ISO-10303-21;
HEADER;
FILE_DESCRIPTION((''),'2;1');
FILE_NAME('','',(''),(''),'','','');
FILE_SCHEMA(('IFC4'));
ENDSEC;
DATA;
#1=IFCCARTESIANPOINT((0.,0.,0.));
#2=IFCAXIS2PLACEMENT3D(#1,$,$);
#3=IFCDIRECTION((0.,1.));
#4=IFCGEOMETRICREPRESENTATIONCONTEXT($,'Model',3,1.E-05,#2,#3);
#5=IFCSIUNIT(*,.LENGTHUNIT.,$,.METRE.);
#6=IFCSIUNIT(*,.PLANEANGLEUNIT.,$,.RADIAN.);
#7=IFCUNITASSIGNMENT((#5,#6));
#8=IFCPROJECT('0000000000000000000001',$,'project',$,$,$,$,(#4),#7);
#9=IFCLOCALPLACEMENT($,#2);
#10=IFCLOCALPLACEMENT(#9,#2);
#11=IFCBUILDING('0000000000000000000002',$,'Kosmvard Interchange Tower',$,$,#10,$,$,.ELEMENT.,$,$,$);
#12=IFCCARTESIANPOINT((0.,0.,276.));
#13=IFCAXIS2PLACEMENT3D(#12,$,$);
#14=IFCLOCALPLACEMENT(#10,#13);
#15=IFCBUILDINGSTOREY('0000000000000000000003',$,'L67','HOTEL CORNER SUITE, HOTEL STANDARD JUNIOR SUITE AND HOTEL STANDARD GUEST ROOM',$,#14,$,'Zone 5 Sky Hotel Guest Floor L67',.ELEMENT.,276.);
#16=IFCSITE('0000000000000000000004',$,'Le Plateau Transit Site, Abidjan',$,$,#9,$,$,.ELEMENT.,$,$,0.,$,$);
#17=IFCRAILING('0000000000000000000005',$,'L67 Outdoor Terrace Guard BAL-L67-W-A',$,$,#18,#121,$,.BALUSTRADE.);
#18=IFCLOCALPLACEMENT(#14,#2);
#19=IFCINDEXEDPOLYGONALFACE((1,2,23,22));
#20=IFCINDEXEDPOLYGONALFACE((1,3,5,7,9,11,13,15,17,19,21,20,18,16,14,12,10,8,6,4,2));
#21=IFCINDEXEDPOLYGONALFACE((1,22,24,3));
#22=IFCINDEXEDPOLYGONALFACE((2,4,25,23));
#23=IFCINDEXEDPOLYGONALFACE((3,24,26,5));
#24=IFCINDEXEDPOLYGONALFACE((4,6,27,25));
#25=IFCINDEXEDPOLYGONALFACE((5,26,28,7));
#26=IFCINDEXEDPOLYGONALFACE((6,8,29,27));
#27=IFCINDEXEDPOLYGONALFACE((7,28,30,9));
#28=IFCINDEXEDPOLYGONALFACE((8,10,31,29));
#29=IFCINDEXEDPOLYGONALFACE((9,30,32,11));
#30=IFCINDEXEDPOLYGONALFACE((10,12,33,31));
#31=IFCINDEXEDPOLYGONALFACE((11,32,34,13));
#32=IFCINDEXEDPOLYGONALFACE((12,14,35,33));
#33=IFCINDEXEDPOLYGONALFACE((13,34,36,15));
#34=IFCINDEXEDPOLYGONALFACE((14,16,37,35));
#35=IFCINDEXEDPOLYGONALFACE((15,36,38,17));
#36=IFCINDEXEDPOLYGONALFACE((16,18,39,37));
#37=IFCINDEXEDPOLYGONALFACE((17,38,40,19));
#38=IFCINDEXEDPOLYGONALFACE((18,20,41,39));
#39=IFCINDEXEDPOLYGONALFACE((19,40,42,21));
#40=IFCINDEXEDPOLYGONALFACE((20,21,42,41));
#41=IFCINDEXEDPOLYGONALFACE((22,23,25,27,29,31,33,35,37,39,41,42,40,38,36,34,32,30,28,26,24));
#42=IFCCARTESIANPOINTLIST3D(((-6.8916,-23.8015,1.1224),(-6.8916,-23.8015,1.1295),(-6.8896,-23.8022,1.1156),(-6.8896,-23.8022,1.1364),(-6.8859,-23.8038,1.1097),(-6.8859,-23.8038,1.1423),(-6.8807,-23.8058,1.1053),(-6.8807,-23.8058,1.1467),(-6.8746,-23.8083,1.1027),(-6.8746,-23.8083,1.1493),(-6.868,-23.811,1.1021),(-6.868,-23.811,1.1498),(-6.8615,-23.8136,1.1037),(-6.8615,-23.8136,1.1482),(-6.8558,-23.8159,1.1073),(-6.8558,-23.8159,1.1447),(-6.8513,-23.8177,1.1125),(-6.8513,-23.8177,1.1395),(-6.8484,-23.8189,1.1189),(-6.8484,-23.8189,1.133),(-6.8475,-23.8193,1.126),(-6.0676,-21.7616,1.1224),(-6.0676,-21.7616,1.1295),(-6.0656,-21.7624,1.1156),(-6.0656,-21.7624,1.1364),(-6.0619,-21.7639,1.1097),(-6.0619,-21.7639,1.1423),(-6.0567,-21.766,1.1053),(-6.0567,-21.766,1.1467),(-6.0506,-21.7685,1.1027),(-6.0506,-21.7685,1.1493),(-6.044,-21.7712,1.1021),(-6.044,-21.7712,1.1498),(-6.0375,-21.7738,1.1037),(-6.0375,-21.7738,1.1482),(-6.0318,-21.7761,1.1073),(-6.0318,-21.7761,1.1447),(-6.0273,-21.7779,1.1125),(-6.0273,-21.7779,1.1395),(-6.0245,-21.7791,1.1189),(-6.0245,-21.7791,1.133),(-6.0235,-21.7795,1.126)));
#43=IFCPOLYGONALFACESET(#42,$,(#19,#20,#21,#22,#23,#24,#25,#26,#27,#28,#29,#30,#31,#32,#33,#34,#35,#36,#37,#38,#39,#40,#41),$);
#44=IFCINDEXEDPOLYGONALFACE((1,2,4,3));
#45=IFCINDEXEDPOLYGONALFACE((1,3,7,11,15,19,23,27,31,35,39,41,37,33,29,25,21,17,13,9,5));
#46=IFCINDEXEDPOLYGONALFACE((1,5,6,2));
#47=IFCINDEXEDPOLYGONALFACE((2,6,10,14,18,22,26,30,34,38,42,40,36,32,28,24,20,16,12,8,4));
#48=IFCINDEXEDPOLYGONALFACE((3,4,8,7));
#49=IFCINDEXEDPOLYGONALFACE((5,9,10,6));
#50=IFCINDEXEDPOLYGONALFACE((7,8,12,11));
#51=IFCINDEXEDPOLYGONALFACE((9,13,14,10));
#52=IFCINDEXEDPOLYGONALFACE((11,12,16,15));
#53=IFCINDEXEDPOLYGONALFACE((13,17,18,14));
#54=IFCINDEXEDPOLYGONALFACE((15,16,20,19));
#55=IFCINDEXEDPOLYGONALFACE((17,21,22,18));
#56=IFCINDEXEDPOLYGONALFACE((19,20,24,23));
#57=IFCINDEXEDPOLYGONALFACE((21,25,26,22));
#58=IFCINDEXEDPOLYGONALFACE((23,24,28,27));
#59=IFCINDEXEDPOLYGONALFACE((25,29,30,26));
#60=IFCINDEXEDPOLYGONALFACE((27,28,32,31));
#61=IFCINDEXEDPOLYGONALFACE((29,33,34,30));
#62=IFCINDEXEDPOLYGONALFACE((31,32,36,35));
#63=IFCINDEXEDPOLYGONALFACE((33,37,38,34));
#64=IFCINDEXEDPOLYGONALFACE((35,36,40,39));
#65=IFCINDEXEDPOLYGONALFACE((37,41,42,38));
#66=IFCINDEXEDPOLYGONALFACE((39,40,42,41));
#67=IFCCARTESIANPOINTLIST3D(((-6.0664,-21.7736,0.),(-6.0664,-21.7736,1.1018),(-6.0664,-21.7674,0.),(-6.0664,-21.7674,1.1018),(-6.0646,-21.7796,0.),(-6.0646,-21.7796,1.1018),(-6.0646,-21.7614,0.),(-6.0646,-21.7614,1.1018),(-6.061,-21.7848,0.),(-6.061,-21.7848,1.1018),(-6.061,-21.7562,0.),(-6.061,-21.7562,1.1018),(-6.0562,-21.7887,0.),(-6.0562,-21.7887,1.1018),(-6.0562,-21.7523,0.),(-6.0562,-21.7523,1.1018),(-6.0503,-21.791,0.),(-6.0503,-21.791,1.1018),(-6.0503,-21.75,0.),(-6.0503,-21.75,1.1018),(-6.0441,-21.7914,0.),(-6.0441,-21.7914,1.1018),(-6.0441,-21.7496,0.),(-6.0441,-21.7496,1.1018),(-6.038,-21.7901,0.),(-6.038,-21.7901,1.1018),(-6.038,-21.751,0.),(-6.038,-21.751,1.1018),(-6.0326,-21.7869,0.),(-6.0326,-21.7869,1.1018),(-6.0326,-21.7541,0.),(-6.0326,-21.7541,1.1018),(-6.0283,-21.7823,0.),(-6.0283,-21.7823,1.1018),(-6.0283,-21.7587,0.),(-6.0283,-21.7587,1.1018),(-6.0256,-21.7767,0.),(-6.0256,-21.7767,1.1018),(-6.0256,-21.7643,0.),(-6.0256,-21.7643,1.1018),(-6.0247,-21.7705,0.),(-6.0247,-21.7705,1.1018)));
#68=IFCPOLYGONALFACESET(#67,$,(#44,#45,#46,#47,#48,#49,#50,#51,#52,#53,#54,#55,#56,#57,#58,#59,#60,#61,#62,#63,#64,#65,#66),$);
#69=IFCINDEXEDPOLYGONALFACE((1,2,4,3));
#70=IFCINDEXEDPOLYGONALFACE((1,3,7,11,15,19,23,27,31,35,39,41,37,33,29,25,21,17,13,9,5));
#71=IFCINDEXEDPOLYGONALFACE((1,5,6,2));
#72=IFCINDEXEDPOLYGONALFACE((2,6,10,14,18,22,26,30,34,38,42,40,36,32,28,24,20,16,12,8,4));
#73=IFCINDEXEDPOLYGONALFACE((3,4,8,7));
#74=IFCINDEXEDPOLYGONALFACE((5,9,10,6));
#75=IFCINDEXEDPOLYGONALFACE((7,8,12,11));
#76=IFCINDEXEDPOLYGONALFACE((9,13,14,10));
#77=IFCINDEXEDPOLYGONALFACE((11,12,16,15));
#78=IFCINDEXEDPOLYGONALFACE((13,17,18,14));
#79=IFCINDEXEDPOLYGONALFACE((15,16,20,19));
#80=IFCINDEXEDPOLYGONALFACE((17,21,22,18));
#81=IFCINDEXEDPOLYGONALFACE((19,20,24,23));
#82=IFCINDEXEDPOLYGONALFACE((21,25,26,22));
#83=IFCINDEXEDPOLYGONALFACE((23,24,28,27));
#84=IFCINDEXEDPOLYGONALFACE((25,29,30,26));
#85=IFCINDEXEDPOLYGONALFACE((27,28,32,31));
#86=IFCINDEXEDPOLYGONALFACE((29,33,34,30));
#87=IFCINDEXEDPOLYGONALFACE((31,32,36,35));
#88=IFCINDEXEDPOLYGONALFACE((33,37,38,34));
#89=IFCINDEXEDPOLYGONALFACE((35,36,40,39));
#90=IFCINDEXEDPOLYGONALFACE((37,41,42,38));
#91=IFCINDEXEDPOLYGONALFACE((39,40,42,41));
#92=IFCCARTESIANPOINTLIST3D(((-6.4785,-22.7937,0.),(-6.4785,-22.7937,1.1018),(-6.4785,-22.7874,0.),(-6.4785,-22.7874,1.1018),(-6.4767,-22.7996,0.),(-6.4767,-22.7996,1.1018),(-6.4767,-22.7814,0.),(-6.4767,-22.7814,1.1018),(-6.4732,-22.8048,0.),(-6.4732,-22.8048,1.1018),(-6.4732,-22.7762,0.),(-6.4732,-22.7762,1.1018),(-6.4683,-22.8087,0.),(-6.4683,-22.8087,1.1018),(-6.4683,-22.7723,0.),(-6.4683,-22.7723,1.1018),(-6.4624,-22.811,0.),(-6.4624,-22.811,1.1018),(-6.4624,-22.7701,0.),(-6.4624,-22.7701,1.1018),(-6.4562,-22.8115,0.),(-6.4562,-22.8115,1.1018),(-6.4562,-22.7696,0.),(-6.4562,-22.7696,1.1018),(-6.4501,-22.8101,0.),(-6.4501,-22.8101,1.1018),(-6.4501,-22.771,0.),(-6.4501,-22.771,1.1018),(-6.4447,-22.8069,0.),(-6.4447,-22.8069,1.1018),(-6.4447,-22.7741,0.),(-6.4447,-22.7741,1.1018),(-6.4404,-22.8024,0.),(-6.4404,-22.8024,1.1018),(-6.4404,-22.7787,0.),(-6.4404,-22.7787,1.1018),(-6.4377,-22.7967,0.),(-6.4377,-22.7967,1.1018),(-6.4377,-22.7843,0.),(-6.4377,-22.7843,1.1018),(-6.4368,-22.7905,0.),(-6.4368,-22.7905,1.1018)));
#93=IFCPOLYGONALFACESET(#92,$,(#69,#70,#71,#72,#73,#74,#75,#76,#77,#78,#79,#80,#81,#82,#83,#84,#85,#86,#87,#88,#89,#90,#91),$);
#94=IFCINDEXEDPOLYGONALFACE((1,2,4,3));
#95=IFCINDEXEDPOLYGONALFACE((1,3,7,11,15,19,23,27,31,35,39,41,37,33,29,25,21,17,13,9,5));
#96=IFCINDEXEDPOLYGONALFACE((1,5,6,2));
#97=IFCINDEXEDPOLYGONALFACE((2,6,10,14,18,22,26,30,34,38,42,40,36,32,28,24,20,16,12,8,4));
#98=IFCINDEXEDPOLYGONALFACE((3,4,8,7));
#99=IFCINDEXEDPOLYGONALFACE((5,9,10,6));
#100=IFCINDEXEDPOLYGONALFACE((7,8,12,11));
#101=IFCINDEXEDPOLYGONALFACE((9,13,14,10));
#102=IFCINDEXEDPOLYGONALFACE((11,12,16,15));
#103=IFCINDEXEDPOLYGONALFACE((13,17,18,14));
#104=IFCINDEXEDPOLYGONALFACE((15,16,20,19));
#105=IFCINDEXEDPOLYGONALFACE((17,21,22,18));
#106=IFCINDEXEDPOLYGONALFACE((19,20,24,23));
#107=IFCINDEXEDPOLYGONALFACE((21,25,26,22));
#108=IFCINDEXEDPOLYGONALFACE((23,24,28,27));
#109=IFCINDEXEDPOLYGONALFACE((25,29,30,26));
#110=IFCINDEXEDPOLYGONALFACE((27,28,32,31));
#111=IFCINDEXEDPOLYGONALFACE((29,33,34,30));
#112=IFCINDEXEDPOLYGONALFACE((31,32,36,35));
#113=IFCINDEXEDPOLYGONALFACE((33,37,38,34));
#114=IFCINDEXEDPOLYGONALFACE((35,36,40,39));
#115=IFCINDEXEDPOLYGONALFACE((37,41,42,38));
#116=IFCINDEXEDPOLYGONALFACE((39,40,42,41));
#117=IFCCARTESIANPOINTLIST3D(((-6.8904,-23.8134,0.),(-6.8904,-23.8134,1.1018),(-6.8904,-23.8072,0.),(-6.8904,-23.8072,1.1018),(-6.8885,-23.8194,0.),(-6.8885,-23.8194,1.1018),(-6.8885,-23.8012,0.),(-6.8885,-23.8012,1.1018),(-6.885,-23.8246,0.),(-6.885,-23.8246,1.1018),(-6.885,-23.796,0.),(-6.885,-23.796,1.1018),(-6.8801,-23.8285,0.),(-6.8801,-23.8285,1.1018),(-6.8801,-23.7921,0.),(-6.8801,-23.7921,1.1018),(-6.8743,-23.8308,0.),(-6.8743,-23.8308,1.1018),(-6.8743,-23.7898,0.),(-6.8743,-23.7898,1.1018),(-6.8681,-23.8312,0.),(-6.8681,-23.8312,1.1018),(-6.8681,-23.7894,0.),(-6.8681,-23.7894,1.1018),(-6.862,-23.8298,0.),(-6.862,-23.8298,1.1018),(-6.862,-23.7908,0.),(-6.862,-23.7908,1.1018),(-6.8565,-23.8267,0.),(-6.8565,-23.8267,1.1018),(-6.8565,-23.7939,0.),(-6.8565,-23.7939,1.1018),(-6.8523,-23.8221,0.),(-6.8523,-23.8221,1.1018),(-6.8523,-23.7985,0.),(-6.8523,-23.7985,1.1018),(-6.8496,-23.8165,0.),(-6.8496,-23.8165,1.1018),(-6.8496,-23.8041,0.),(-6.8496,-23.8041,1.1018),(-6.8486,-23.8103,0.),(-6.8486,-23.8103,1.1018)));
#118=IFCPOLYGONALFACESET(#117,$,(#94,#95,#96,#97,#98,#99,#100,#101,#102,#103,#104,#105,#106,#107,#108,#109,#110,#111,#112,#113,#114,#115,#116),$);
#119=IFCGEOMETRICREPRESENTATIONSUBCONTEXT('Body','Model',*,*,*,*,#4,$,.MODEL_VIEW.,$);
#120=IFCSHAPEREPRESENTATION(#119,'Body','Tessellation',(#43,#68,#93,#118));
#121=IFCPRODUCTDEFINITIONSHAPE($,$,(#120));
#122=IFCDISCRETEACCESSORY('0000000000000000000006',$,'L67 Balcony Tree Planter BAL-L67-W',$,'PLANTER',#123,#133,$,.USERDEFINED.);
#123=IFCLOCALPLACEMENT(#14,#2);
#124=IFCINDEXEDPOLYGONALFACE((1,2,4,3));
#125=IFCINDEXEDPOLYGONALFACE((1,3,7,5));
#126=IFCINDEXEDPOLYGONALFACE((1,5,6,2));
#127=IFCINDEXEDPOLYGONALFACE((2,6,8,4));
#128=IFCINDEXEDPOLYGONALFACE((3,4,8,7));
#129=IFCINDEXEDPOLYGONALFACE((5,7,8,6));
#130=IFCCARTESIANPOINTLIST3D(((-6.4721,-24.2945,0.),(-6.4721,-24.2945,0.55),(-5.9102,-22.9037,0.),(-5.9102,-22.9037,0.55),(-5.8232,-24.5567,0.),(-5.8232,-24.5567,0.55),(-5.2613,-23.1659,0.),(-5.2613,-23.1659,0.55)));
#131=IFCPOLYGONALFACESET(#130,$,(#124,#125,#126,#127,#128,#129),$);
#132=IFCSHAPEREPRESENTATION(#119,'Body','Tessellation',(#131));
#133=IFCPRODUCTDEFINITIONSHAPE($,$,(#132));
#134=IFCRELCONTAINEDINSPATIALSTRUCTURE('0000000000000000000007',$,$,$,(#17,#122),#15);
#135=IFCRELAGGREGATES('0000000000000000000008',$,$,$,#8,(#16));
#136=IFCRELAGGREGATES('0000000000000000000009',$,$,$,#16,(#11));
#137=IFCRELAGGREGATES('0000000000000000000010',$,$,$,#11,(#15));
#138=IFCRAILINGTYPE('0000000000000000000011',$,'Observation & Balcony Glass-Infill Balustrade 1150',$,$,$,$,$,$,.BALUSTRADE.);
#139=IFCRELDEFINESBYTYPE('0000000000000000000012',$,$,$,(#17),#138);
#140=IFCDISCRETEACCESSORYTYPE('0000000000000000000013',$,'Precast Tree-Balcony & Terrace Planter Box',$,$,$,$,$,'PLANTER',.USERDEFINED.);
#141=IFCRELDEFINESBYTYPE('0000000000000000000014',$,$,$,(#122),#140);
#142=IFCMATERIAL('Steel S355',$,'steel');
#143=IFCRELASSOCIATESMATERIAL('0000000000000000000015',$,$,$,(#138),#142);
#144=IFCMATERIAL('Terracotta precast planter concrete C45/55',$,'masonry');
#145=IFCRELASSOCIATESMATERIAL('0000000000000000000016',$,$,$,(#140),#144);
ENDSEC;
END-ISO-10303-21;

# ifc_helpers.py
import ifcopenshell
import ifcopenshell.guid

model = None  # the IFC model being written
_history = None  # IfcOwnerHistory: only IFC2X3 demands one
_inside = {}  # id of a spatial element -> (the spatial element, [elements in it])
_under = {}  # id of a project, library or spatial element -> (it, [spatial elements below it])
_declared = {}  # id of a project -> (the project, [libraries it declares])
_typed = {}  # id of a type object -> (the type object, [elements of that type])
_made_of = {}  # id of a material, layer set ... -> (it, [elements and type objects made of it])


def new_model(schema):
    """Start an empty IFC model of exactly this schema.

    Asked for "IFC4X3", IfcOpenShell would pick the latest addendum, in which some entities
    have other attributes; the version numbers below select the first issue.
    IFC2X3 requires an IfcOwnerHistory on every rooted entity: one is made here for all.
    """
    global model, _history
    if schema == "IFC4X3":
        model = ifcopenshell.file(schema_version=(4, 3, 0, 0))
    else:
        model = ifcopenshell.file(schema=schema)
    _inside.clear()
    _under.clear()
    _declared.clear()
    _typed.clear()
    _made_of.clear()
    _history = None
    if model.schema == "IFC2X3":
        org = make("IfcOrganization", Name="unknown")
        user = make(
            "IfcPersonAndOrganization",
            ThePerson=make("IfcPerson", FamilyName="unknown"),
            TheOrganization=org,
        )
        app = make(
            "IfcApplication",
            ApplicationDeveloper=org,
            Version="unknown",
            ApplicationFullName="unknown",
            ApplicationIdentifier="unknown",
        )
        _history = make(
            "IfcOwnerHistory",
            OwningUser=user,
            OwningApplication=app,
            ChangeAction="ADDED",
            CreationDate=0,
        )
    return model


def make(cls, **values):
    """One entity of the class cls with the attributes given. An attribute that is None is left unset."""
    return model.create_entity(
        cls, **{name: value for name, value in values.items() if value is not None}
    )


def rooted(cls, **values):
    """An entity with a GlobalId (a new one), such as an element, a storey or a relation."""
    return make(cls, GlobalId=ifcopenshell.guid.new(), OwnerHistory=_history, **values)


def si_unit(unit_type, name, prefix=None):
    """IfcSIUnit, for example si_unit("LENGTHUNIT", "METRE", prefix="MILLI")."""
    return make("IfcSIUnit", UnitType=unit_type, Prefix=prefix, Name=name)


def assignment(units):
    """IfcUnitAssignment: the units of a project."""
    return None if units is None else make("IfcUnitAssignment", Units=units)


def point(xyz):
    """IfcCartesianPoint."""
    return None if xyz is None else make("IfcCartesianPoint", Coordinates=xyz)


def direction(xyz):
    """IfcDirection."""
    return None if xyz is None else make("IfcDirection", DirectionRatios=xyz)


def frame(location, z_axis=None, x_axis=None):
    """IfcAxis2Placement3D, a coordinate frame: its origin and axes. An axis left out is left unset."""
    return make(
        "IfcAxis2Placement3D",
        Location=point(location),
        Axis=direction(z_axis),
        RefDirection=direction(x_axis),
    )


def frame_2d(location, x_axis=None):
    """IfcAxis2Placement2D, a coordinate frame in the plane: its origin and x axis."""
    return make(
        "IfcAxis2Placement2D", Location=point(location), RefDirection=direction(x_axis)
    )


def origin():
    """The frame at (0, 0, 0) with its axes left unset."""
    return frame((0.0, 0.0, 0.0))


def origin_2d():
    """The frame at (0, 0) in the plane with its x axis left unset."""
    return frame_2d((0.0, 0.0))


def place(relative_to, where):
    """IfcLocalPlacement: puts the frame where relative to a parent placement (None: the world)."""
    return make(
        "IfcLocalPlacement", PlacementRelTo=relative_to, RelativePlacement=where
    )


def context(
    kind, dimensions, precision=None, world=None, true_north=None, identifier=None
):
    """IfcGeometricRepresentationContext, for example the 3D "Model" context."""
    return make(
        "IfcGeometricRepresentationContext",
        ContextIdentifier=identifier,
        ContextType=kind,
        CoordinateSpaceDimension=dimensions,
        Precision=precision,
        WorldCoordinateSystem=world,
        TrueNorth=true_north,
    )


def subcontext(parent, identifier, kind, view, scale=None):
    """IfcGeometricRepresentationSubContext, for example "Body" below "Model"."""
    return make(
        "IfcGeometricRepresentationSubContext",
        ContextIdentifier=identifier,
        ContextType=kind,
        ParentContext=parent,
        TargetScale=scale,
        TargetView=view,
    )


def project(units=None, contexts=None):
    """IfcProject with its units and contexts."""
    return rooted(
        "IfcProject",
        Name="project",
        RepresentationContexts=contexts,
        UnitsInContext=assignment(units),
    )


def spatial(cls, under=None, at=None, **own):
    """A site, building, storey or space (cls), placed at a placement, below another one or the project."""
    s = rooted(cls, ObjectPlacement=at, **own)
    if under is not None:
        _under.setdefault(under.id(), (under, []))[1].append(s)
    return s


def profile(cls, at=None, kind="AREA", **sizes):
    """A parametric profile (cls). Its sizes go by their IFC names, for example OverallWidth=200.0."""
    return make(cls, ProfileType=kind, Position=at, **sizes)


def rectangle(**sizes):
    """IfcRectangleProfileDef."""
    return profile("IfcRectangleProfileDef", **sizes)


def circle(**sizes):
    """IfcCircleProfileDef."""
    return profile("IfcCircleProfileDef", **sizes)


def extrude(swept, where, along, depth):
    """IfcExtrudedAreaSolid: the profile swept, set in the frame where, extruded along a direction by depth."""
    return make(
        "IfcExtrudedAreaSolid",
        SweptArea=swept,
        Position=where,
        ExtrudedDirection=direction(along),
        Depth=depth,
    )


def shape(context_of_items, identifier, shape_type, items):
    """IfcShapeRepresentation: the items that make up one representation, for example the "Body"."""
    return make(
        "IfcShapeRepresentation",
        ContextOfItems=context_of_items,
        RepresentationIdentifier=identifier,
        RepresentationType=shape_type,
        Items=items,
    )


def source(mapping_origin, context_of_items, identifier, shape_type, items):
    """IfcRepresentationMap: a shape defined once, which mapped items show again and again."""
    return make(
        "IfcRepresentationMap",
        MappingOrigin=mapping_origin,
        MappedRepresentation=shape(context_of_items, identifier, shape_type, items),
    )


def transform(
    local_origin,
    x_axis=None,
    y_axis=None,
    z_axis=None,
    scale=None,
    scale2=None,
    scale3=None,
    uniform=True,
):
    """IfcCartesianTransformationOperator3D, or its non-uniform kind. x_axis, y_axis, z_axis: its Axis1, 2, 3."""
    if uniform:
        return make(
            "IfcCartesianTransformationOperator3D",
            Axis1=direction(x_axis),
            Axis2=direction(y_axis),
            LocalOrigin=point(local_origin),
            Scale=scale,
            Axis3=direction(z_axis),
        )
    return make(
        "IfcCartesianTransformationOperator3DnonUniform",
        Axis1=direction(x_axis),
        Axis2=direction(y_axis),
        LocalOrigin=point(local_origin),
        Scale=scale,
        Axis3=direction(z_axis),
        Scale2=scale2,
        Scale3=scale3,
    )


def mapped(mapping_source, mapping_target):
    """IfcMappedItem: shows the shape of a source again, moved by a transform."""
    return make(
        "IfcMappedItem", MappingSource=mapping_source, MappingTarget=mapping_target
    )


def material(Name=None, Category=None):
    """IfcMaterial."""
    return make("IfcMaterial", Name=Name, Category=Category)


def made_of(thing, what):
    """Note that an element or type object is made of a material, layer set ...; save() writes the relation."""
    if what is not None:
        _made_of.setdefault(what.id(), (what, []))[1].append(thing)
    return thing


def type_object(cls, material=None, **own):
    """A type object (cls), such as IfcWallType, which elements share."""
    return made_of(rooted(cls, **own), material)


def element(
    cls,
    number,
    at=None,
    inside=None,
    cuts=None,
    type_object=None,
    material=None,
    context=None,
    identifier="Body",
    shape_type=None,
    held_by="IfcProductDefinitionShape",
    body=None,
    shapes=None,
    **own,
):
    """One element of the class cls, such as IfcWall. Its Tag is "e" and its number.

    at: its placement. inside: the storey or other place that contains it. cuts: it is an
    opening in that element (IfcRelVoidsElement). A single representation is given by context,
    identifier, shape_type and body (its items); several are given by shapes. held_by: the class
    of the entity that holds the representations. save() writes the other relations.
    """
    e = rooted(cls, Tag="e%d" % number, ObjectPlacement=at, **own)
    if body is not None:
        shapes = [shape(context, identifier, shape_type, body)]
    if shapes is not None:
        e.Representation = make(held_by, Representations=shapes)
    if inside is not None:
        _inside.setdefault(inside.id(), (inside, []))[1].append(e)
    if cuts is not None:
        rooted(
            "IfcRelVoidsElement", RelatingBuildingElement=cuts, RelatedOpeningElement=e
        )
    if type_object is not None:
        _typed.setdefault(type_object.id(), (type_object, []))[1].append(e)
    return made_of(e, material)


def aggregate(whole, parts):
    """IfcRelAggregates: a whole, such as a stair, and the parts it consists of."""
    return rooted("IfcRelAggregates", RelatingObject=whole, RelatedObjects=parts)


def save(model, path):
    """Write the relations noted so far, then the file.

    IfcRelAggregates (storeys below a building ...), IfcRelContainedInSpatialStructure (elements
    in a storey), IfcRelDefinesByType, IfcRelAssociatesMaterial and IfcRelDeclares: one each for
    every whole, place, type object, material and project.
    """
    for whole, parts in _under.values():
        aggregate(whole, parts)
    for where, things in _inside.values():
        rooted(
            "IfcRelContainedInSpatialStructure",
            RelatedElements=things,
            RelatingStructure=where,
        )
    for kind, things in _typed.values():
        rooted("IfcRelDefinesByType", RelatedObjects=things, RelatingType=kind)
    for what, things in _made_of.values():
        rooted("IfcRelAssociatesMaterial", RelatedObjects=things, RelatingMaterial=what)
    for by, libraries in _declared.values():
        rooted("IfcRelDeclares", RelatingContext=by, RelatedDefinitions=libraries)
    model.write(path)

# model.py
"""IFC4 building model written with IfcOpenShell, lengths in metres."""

from ifc_helpers import new_model, si_unit, direction, frame, origin, origin_2d, place, context, subcontext, project, spatial, rectangle, circle, extrude, source, transform, mapped, material, type_object, element, save


model = new_model("IFC4")

# Units and contexts
model_context = context("Model", 3, precision=1e-05, world=origin(), true_north=direction((0.0, 1.0)))
body_context = subcontext(model_context, "Body", "Model", "MODEL_VIEW")
ifc_project = project(units=[si_unit("LENGTHUNIT", "METRE"), si_unit("PLANEANGLEUNIT", "RADIAN")], contexts=[model_context])

# Site, building, storey
site_placement = place(None, origin())
site = spatial("IfcSite", under=ifc_project, at=site_placement, Name="Le Plateau Transit Site, Abidjan", CompositionType="ELEMENT", RefElevation=0.0)
building_placement = place(site_placement, origin())
building = spatial("IfcBuilding", under=site, at=building_placement, Name="Kosmvard Interchange Tower", CompositionType="ELEMENT")
storey_placement = place(building_placement, frame((0.0, 0.0, 276.0)))
storey = spatial("IfcBuildingStorey", under=building, at=storey_placement, Name="L67", Description="HOTEL CORNER SUITE, HOTEL STANDARD JUNIOR SUITE AND HOTEL STANDARD GUEST ROOM", LongName="Zone 5 Sky Hotel Guest Floor L67", CompositionType="ELEMENT", Elevation=276.0)

# Shared definitions
ifc_material_1 = material(Name="Steel S355", Category="steel")

# Railing
railing_type = type_object("IfcRailingType", Name="Observation & Balcony Glass-Infill Balustrade 1150", PredefinedType="BALUSTRADE", material=ifc_material_1)
shared_shape_1 = source(origin(), body_context, "Body", "SweptSolid", [
    extrude(circle(Radius=0.0239, at=origin_2d()), frame((0.0, 0.0, 1.126), z_axis=(-0.374546, -0.927208, 0.0), x_axis=(0.927208, -0.374546, 0.0)), (0.0, 0.0, 1.0), 2.2),
    extrude(circle(Radius=0.021, at=origin_2d()), origin(), (0.0, 0.0, 1.0), 1.1018),
    extrude(circle(Radius=0.021, at=origin_2d()), frame((-0.4121, -1.02, 0.0)), (0.0, 0.0, 1.0), 1.1018),
    extrude(circle(Radius=0.021, at=origin_2d()), frame((-0.824, -2.0398, 0.0)), (0.0, 0.0, 1.0), 1.1018),
])
railing_1_placement = place(storey_placement, frame((-6.0457, -21.7705, 0.0)))
element("IfcRailing", 1, at=railing_1_placement, inside=storey, type_object=railing_type, Name="L67 Outdoor Terrace Guard BAL-L67-W-A", PredefinedType="BALUSTRADE", context=body_context, shape_type="MappedRepresentation", body=[
    mapped(shared_shape_1, transform((0.0, 0.0, 0.0), scale=1.0)),
])

# Discrete accessory
ifc_material_2 = material(Name="Terracotta precast planter concrete C45/55", Category="masonry")
discrete_accessory_type = type_object("IfcDiscreteAccessoryType", Name="Precast Tree-Balcony & Terrace Planter Box", ElementType="PLANTER", PredefinedType="USERDEFINED", material=ifc_material_2)
shared_shape_2 = source(origin(), body_context, "Body", "SweptSolid", [
    extrude(rectangle(XDim=1.5, YDim=0.7, at=origin_2d()), origin(), (0.0, 0.0, 1.0), 0.55),
])
discrete_accessory_placement = place(storey_placement, frame((-5.8667, -23.7302, 0.0), z_axis=(0.0, 0.0, 1.0), x_axis=(0.374607, 0.927184, 0.0)))
element("IfcDiscreteAccessory", 2, at=discrete_accessory_placement, inside=storey, type_object=discrete_accessory_type, Name="L67 Balcony Tree Planter BAL-L67-W", ObjectType="PLANTER", PredefinedType="USERDEFINED", context=body_context, shape_type="MappedRepresentation", body=[
    mapped(shared_shape_2, transform((0.0, 0.0, 0.0), scale=1.0)),
])

save(model, "model.ifc")
